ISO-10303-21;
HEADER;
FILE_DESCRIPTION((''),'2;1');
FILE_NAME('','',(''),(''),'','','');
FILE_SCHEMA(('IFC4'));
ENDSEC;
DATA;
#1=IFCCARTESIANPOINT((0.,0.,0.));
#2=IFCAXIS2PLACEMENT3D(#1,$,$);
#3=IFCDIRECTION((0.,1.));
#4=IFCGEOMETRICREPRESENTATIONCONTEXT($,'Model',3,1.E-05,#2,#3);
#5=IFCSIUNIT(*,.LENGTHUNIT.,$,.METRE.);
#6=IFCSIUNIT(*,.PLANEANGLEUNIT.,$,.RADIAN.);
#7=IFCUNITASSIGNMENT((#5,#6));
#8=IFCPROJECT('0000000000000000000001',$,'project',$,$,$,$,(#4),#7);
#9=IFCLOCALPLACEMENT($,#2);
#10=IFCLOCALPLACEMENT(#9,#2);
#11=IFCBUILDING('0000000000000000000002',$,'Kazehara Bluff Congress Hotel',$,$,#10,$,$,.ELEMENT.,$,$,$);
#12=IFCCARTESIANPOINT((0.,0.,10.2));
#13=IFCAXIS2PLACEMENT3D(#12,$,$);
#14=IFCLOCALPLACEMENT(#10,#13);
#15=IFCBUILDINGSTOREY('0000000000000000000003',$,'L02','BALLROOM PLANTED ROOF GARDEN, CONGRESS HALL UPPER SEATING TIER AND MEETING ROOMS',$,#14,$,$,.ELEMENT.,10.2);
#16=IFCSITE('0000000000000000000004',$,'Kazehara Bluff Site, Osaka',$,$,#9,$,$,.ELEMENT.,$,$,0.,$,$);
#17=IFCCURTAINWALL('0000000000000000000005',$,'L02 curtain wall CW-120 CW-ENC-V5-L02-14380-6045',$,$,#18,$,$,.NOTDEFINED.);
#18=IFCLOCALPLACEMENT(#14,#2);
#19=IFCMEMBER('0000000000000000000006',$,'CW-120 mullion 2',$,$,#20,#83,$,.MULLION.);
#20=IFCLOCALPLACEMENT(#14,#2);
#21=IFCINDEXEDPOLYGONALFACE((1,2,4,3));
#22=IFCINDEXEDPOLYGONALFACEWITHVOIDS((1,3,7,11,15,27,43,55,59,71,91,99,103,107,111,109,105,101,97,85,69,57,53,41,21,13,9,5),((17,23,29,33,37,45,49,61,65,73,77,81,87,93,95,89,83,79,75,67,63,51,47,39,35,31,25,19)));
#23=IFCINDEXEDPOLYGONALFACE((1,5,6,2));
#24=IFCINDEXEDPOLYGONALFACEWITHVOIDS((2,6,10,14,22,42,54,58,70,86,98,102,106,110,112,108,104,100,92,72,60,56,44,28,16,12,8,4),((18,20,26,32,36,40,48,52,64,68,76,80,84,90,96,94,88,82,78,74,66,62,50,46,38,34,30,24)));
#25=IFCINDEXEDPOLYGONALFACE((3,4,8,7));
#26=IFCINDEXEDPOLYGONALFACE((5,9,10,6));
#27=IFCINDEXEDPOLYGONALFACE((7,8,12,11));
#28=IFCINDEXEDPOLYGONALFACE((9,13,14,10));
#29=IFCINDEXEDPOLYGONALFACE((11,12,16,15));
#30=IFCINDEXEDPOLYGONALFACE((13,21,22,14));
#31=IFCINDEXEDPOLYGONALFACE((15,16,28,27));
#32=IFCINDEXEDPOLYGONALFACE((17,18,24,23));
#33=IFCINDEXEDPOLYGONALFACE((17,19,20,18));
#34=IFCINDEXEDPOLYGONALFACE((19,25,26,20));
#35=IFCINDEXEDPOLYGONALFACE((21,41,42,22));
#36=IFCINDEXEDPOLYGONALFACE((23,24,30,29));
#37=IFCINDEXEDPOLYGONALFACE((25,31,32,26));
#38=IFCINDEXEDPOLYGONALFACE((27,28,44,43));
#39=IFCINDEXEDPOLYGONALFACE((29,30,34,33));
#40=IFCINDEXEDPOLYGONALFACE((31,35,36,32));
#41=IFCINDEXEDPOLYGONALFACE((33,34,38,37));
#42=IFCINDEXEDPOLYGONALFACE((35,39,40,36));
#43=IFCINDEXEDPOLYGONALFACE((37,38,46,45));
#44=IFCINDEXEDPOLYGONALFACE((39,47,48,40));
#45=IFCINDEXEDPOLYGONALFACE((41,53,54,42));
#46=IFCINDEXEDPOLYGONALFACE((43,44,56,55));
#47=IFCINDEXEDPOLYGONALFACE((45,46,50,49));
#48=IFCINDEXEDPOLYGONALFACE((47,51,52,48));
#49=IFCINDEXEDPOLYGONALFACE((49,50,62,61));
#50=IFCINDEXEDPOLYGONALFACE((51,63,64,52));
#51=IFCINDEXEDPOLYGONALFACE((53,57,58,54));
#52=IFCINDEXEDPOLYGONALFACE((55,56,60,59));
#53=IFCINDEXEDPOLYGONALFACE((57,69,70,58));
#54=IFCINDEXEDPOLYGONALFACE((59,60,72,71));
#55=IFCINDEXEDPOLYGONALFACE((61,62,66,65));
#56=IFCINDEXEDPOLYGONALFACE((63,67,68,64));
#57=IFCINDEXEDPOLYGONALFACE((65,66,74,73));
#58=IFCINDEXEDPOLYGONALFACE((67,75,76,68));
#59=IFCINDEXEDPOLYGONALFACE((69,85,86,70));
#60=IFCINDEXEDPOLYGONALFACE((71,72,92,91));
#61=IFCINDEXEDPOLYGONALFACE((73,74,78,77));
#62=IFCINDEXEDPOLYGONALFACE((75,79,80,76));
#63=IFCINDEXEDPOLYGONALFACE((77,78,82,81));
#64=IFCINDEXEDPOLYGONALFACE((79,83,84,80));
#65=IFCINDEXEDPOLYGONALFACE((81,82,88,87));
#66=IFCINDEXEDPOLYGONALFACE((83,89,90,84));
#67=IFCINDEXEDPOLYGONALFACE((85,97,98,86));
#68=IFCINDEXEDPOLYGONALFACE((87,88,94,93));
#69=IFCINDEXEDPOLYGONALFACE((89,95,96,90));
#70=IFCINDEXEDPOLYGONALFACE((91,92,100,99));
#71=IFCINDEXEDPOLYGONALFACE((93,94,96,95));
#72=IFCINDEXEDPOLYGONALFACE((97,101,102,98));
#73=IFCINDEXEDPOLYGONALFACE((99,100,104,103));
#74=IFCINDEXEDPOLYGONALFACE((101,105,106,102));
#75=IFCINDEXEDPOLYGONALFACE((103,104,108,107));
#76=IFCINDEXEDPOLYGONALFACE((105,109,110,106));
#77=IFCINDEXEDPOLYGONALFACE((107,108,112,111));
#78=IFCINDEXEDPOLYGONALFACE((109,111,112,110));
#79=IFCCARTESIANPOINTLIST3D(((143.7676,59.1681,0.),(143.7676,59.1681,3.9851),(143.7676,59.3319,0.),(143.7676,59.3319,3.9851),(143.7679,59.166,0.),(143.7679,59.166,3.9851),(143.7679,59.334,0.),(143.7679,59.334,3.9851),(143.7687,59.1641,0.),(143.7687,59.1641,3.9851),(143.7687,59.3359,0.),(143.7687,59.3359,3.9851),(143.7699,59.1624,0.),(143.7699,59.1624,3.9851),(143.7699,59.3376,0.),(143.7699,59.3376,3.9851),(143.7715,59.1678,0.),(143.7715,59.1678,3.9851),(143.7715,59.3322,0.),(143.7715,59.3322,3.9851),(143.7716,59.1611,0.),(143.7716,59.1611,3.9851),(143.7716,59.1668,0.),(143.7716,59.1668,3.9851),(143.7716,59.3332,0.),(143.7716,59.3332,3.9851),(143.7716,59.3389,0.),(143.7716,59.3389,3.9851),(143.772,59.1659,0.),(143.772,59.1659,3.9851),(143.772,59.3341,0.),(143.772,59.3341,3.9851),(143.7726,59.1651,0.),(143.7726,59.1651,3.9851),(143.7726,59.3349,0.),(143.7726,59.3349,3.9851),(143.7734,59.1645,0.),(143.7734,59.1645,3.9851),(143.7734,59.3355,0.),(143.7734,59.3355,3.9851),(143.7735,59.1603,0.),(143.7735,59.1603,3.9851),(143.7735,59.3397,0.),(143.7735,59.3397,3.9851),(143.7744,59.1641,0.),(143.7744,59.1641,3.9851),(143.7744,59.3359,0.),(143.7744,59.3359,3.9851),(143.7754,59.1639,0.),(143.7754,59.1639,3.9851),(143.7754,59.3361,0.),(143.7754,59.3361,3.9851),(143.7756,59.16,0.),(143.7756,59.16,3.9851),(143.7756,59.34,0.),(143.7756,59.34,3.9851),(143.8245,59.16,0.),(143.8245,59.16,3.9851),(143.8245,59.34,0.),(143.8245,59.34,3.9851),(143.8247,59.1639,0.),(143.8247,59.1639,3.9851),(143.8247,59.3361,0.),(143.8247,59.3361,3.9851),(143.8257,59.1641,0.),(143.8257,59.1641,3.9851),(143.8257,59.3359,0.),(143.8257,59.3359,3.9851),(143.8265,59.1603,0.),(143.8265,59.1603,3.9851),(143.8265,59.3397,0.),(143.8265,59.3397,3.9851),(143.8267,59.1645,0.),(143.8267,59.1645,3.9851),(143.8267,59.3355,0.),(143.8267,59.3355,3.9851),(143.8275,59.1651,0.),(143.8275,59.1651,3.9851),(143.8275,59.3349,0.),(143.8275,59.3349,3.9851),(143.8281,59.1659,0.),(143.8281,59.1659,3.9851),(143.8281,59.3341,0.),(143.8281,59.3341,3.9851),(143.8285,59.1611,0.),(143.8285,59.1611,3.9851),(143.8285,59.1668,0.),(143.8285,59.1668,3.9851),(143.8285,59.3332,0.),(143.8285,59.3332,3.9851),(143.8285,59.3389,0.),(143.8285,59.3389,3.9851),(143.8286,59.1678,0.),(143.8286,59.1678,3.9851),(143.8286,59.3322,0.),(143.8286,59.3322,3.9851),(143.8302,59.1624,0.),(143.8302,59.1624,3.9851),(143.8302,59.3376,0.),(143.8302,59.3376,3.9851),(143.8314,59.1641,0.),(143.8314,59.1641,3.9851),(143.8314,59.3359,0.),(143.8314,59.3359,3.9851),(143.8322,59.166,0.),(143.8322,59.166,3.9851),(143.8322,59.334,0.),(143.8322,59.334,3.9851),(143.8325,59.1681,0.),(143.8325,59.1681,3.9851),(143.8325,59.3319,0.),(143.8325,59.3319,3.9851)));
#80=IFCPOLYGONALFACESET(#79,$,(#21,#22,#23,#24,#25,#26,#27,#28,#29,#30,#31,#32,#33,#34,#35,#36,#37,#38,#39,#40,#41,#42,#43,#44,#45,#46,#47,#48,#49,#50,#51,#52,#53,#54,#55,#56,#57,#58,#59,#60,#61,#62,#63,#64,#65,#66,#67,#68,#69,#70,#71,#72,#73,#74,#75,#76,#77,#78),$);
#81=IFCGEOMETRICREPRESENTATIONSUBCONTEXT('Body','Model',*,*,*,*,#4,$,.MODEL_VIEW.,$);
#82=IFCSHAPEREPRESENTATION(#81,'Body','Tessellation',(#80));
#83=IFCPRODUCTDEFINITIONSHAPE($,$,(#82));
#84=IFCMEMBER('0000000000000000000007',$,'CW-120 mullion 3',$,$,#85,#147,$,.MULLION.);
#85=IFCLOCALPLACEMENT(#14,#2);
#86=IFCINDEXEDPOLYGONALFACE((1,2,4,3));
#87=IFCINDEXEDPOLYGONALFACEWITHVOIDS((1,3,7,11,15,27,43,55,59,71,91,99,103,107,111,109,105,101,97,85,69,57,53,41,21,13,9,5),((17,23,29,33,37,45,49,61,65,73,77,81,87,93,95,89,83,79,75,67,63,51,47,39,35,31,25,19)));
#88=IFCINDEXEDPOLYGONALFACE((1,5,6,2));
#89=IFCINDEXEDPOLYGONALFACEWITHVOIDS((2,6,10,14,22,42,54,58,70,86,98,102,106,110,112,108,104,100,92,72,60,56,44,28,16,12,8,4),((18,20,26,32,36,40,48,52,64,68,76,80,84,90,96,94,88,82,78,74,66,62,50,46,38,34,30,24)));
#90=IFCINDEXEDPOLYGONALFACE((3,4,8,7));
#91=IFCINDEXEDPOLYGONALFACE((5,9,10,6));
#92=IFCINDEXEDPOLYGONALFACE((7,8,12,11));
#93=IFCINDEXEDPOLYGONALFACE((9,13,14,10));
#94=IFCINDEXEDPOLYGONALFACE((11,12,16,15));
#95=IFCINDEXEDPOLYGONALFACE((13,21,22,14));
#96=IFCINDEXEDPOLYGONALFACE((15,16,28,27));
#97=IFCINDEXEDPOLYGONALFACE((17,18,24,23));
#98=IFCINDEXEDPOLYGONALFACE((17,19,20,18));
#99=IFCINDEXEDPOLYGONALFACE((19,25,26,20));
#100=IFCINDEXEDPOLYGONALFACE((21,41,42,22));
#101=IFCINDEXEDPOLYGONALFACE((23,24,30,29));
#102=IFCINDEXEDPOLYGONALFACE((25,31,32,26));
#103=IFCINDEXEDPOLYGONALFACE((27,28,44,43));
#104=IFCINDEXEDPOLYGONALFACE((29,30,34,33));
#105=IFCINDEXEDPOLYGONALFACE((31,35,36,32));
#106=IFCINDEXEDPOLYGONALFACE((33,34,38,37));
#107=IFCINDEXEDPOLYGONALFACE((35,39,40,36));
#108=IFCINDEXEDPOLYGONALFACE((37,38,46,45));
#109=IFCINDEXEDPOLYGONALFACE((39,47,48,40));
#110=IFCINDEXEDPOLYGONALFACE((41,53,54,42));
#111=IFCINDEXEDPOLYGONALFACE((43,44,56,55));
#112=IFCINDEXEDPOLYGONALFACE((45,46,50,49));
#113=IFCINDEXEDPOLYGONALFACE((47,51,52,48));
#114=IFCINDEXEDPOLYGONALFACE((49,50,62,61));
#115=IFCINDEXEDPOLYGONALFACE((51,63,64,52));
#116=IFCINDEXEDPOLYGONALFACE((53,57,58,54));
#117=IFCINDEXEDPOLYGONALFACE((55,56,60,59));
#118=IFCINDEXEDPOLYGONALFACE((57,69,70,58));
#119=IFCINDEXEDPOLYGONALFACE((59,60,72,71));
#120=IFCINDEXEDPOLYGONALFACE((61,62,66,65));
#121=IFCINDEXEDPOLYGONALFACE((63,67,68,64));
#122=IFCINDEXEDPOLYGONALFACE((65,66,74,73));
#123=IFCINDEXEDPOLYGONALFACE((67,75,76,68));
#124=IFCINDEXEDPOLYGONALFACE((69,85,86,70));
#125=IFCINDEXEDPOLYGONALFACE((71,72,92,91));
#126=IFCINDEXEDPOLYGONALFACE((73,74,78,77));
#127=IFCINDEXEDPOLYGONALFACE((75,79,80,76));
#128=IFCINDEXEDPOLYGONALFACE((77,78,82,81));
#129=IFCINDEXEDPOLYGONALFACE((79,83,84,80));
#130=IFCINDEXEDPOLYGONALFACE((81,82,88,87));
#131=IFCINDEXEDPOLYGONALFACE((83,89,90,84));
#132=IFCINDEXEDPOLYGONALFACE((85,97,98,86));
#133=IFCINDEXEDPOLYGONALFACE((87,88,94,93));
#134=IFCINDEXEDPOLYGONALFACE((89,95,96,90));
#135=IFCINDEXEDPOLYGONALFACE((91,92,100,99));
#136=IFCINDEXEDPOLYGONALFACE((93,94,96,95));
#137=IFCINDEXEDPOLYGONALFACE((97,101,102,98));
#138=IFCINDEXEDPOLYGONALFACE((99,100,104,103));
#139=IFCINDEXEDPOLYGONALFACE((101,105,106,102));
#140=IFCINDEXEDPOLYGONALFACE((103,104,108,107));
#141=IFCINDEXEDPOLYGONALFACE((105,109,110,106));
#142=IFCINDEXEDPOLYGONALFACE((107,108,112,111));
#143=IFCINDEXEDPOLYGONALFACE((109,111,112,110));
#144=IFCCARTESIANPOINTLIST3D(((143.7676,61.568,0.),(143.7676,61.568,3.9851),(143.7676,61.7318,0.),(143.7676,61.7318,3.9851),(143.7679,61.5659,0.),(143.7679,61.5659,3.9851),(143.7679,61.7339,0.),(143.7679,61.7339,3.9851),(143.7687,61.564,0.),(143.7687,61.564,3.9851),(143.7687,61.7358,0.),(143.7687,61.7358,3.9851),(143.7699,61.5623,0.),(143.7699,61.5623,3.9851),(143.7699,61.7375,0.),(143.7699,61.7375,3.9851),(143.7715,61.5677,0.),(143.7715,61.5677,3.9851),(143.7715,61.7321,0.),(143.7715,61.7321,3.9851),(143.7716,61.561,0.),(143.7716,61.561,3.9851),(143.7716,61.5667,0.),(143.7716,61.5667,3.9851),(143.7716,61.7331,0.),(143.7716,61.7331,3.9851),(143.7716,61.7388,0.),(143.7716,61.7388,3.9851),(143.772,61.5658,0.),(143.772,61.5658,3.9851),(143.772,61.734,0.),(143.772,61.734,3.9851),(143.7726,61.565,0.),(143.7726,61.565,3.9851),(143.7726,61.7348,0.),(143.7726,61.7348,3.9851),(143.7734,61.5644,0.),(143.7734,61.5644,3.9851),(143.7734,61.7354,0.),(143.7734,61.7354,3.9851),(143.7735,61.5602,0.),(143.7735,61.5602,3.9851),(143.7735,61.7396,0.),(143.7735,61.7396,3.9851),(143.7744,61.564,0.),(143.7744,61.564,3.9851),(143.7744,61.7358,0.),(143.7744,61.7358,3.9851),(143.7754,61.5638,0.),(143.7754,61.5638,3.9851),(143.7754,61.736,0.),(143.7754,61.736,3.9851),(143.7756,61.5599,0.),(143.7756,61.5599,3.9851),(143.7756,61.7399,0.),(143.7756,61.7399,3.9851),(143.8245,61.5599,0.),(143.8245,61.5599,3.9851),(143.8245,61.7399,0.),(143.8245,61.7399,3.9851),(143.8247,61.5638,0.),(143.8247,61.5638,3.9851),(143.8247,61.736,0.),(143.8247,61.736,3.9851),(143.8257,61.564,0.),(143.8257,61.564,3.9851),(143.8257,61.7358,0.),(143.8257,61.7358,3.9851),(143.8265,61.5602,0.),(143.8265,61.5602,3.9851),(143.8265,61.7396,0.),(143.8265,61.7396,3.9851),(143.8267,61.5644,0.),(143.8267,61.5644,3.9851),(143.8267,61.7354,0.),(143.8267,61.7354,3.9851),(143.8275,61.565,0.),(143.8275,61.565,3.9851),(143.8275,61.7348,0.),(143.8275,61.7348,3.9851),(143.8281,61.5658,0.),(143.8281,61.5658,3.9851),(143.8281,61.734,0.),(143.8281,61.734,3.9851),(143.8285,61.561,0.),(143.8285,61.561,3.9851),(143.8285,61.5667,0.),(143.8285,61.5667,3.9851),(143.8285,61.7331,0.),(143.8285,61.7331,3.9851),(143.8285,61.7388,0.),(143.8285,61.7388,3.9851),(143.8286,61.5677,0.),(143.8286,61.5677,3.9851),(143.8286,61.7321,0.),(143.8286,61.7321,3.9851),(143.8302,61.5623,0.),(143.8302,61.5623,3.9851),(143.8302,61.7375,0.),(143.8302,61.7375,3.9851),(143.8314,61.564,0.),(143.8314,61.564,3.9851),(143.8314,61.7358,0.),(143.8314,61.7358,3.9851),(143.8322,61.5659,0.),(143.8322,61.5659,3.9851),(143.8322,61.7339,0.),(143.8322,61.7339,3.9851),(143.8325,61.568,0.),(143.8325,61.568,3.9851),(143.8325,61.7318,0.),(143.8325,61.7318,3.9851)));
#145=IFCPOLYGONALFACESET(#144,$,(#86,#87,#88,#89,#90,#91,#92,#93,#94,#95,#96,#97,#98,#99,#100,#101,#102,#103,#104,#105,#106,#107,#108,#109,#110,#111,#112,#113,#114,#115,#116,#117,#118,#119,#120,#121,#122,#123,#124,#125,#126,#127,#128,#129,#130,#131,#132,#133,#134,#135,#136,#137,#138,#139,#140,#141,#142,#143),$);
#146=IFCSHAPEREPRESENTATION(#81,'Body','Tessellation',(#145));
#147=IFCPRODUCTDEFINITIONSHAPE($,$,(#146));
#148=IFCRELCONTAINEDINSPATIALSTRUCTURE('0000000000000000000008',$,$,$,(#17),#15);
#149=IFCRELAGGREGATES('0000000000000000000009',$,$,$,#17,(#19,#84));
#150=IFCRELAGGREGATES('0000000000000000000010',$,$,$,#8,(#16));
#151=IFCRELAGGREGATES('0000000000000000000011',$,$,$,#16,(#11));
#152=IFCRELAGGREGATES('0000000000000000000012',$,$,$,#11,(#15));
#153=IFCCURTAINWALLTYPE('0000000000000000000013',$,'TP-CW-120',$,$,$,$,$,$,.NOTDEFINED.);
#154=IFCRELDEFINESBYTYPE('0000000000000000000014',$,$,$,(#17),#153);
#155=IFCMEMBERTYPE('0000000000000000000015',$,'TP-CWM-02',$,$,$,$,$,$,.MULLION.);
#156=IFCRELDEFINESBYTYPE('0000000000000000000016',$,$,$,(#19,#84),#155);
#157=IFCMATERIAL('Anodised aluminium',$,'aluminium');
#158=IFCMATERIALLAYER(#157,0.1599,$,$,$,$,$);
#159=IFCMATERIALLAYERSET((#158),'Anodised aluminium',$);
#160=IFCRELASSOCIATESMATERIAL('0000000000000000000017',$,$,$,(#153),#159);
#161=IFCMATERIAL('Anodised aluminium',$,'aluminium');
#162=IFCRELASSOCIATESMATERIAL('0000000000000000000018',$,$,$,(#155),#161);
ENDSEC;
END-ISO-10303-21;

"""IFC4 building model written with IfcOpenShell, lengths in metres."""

from ifc_helpers import new_model, si_unit, direction, frame, origin, origin_2d, place, context, subcontext, project, spatial, hollow_rectangle, extrude, material, layer, layer_set, material_profile, profile_set, type_object, element, aggregate, save


model = new_model("IFC4")

# Units and contexts
model_context = context("Model", 3, precision=1e-05, world=origin(), true_north=direction((0.0, 1.0)))
body_context = subcontext(model_context, "Body", "Model", "MODEL_VIEW")
ifc_project = project(units=[si_unit("LENGTHUNIT", "METRE"), si_unit("PLANEANGLEUNIT", "RADIAN")], contexts=[model_context])

# Site, building, storey
site_placement = place(None, origin())
site = spatial("IfcSite", under=ifc_project, at=site_placement, Name="Kazehara Bluff Site, Osaka", CompositionType="ELEMENT", RefElevation=0.0)
building_placement = place(site_placement, origin())
building = spatial("IfcBuilding", under=site, at=building_placement, Name="Kazehara Bluff Congress Hotel", CompositionType="ELEMENT")
storey_placement = place(building_placement, frame((0.0, 0.0, 10.2)))
storey = spatial("IfcBuildingStorey", under=building, at=storey_placement, Name="L02", Description="BALLROOM PLANTED ROOF GARDEN, CONGRESS HALL UPPER SEATING TIER AND MEETING ROOMS", CompositionType="ELEMENT", Elevation=10.2)

# Curtain wall, members
ifc_material_1 = material(Name="Anodised aluminium", Category="aluminium")
ifc_layer_1 = layer(ifc_material_1, 0.1599)
ifc_layer_set_1 = layer_set([ifc_layer_1], Name="Anodised aluminium")
curtain_wall_type_1 = type_object("IfcCurtainWallType", Name="TP-CW-120", PredefinedType="NOTDEFINED", material=ifc_layer_set_1)
curtain_wall_1_placement = place(storey_placement, origin())
curtain_wall_1 = element("IfcCurtainWall", 1, at=curtain_wall_1_placement, inside=storey, type_object=curtain_wall_type_1, Name="L02 curtain wall CW-120 CW-ENC-V5-L02-14380-6045", PredefinedType="NOTDEFINED")
ifc_material_2 = material(Name="Anodised aluminium", Category="aluminium")
ifc_material_profile_1 = material_profile(ifc_material_2, hollow_rectangle(XDim=0.0649, YDim=0.1799, WallThickness=0.0039, InnerFilletRadius=0.0039, OuterFilletRadius=0.0081, at=origin_2d()))
ifc_profile_set_1 = profile_set([ifc_material_profile_1], Name="Anodised aluminium")
member_type_1 = type_object("IfcMemberType", Name="TP-CWM-02", PredefinedType="MULLION", material=ifc_profile_set_1)
member_1_placement = place(storey_placement, frame((143.8, 59.25, 0.0), z_axis=(0.0, 0.0, 1.0), x_axis=(-1.0, 0.0, 0.0)))
member_1 = element("IfcMember", 2, at=member_1_placement, type_object=member_type_1, Name="CW-120 mullion 2", PredefinedType="MULLION", context=body_context, shape_type="SweptSolid", body=[
    extrude(hollow_rectangle(XDim=0.0649, YDim=0.1799, WallThickness=0.0039, InnerFilletRadius=0.0039, OuterFilletRadius=0.0081, at=origin_2d()), origin(), (0.0, 0.0, 1.0), 3.9851),
])
member_2_placement = place(storey_placement, frame((143.8, 61.6499, 0.0), z_axis=(0.0, 0.0, 1.0), x_axis=(-1.0, 0.0, 0.0)))
member_2 = element("IfcMember", 3, at=member_2_placement, type_object=member_type_1, Name="CW-120 mullion 3", PredefinedType="MULLION", context=body_context, shape_type="SweptSolid", body=[
    extrude(hollow_rectangle(XDim=0.0649, YDim=0.1799, WallThickness=0.0039, InnerFilletRadius=0.0039, OuterFilletRadius=0.0081, at=origin_2d()), origin(), (0.0, 0.0, 1.0), 3.9851),
])
aggregate(curtain_wall_1, [member_1, member_2])

save(model, "model.ifc")
